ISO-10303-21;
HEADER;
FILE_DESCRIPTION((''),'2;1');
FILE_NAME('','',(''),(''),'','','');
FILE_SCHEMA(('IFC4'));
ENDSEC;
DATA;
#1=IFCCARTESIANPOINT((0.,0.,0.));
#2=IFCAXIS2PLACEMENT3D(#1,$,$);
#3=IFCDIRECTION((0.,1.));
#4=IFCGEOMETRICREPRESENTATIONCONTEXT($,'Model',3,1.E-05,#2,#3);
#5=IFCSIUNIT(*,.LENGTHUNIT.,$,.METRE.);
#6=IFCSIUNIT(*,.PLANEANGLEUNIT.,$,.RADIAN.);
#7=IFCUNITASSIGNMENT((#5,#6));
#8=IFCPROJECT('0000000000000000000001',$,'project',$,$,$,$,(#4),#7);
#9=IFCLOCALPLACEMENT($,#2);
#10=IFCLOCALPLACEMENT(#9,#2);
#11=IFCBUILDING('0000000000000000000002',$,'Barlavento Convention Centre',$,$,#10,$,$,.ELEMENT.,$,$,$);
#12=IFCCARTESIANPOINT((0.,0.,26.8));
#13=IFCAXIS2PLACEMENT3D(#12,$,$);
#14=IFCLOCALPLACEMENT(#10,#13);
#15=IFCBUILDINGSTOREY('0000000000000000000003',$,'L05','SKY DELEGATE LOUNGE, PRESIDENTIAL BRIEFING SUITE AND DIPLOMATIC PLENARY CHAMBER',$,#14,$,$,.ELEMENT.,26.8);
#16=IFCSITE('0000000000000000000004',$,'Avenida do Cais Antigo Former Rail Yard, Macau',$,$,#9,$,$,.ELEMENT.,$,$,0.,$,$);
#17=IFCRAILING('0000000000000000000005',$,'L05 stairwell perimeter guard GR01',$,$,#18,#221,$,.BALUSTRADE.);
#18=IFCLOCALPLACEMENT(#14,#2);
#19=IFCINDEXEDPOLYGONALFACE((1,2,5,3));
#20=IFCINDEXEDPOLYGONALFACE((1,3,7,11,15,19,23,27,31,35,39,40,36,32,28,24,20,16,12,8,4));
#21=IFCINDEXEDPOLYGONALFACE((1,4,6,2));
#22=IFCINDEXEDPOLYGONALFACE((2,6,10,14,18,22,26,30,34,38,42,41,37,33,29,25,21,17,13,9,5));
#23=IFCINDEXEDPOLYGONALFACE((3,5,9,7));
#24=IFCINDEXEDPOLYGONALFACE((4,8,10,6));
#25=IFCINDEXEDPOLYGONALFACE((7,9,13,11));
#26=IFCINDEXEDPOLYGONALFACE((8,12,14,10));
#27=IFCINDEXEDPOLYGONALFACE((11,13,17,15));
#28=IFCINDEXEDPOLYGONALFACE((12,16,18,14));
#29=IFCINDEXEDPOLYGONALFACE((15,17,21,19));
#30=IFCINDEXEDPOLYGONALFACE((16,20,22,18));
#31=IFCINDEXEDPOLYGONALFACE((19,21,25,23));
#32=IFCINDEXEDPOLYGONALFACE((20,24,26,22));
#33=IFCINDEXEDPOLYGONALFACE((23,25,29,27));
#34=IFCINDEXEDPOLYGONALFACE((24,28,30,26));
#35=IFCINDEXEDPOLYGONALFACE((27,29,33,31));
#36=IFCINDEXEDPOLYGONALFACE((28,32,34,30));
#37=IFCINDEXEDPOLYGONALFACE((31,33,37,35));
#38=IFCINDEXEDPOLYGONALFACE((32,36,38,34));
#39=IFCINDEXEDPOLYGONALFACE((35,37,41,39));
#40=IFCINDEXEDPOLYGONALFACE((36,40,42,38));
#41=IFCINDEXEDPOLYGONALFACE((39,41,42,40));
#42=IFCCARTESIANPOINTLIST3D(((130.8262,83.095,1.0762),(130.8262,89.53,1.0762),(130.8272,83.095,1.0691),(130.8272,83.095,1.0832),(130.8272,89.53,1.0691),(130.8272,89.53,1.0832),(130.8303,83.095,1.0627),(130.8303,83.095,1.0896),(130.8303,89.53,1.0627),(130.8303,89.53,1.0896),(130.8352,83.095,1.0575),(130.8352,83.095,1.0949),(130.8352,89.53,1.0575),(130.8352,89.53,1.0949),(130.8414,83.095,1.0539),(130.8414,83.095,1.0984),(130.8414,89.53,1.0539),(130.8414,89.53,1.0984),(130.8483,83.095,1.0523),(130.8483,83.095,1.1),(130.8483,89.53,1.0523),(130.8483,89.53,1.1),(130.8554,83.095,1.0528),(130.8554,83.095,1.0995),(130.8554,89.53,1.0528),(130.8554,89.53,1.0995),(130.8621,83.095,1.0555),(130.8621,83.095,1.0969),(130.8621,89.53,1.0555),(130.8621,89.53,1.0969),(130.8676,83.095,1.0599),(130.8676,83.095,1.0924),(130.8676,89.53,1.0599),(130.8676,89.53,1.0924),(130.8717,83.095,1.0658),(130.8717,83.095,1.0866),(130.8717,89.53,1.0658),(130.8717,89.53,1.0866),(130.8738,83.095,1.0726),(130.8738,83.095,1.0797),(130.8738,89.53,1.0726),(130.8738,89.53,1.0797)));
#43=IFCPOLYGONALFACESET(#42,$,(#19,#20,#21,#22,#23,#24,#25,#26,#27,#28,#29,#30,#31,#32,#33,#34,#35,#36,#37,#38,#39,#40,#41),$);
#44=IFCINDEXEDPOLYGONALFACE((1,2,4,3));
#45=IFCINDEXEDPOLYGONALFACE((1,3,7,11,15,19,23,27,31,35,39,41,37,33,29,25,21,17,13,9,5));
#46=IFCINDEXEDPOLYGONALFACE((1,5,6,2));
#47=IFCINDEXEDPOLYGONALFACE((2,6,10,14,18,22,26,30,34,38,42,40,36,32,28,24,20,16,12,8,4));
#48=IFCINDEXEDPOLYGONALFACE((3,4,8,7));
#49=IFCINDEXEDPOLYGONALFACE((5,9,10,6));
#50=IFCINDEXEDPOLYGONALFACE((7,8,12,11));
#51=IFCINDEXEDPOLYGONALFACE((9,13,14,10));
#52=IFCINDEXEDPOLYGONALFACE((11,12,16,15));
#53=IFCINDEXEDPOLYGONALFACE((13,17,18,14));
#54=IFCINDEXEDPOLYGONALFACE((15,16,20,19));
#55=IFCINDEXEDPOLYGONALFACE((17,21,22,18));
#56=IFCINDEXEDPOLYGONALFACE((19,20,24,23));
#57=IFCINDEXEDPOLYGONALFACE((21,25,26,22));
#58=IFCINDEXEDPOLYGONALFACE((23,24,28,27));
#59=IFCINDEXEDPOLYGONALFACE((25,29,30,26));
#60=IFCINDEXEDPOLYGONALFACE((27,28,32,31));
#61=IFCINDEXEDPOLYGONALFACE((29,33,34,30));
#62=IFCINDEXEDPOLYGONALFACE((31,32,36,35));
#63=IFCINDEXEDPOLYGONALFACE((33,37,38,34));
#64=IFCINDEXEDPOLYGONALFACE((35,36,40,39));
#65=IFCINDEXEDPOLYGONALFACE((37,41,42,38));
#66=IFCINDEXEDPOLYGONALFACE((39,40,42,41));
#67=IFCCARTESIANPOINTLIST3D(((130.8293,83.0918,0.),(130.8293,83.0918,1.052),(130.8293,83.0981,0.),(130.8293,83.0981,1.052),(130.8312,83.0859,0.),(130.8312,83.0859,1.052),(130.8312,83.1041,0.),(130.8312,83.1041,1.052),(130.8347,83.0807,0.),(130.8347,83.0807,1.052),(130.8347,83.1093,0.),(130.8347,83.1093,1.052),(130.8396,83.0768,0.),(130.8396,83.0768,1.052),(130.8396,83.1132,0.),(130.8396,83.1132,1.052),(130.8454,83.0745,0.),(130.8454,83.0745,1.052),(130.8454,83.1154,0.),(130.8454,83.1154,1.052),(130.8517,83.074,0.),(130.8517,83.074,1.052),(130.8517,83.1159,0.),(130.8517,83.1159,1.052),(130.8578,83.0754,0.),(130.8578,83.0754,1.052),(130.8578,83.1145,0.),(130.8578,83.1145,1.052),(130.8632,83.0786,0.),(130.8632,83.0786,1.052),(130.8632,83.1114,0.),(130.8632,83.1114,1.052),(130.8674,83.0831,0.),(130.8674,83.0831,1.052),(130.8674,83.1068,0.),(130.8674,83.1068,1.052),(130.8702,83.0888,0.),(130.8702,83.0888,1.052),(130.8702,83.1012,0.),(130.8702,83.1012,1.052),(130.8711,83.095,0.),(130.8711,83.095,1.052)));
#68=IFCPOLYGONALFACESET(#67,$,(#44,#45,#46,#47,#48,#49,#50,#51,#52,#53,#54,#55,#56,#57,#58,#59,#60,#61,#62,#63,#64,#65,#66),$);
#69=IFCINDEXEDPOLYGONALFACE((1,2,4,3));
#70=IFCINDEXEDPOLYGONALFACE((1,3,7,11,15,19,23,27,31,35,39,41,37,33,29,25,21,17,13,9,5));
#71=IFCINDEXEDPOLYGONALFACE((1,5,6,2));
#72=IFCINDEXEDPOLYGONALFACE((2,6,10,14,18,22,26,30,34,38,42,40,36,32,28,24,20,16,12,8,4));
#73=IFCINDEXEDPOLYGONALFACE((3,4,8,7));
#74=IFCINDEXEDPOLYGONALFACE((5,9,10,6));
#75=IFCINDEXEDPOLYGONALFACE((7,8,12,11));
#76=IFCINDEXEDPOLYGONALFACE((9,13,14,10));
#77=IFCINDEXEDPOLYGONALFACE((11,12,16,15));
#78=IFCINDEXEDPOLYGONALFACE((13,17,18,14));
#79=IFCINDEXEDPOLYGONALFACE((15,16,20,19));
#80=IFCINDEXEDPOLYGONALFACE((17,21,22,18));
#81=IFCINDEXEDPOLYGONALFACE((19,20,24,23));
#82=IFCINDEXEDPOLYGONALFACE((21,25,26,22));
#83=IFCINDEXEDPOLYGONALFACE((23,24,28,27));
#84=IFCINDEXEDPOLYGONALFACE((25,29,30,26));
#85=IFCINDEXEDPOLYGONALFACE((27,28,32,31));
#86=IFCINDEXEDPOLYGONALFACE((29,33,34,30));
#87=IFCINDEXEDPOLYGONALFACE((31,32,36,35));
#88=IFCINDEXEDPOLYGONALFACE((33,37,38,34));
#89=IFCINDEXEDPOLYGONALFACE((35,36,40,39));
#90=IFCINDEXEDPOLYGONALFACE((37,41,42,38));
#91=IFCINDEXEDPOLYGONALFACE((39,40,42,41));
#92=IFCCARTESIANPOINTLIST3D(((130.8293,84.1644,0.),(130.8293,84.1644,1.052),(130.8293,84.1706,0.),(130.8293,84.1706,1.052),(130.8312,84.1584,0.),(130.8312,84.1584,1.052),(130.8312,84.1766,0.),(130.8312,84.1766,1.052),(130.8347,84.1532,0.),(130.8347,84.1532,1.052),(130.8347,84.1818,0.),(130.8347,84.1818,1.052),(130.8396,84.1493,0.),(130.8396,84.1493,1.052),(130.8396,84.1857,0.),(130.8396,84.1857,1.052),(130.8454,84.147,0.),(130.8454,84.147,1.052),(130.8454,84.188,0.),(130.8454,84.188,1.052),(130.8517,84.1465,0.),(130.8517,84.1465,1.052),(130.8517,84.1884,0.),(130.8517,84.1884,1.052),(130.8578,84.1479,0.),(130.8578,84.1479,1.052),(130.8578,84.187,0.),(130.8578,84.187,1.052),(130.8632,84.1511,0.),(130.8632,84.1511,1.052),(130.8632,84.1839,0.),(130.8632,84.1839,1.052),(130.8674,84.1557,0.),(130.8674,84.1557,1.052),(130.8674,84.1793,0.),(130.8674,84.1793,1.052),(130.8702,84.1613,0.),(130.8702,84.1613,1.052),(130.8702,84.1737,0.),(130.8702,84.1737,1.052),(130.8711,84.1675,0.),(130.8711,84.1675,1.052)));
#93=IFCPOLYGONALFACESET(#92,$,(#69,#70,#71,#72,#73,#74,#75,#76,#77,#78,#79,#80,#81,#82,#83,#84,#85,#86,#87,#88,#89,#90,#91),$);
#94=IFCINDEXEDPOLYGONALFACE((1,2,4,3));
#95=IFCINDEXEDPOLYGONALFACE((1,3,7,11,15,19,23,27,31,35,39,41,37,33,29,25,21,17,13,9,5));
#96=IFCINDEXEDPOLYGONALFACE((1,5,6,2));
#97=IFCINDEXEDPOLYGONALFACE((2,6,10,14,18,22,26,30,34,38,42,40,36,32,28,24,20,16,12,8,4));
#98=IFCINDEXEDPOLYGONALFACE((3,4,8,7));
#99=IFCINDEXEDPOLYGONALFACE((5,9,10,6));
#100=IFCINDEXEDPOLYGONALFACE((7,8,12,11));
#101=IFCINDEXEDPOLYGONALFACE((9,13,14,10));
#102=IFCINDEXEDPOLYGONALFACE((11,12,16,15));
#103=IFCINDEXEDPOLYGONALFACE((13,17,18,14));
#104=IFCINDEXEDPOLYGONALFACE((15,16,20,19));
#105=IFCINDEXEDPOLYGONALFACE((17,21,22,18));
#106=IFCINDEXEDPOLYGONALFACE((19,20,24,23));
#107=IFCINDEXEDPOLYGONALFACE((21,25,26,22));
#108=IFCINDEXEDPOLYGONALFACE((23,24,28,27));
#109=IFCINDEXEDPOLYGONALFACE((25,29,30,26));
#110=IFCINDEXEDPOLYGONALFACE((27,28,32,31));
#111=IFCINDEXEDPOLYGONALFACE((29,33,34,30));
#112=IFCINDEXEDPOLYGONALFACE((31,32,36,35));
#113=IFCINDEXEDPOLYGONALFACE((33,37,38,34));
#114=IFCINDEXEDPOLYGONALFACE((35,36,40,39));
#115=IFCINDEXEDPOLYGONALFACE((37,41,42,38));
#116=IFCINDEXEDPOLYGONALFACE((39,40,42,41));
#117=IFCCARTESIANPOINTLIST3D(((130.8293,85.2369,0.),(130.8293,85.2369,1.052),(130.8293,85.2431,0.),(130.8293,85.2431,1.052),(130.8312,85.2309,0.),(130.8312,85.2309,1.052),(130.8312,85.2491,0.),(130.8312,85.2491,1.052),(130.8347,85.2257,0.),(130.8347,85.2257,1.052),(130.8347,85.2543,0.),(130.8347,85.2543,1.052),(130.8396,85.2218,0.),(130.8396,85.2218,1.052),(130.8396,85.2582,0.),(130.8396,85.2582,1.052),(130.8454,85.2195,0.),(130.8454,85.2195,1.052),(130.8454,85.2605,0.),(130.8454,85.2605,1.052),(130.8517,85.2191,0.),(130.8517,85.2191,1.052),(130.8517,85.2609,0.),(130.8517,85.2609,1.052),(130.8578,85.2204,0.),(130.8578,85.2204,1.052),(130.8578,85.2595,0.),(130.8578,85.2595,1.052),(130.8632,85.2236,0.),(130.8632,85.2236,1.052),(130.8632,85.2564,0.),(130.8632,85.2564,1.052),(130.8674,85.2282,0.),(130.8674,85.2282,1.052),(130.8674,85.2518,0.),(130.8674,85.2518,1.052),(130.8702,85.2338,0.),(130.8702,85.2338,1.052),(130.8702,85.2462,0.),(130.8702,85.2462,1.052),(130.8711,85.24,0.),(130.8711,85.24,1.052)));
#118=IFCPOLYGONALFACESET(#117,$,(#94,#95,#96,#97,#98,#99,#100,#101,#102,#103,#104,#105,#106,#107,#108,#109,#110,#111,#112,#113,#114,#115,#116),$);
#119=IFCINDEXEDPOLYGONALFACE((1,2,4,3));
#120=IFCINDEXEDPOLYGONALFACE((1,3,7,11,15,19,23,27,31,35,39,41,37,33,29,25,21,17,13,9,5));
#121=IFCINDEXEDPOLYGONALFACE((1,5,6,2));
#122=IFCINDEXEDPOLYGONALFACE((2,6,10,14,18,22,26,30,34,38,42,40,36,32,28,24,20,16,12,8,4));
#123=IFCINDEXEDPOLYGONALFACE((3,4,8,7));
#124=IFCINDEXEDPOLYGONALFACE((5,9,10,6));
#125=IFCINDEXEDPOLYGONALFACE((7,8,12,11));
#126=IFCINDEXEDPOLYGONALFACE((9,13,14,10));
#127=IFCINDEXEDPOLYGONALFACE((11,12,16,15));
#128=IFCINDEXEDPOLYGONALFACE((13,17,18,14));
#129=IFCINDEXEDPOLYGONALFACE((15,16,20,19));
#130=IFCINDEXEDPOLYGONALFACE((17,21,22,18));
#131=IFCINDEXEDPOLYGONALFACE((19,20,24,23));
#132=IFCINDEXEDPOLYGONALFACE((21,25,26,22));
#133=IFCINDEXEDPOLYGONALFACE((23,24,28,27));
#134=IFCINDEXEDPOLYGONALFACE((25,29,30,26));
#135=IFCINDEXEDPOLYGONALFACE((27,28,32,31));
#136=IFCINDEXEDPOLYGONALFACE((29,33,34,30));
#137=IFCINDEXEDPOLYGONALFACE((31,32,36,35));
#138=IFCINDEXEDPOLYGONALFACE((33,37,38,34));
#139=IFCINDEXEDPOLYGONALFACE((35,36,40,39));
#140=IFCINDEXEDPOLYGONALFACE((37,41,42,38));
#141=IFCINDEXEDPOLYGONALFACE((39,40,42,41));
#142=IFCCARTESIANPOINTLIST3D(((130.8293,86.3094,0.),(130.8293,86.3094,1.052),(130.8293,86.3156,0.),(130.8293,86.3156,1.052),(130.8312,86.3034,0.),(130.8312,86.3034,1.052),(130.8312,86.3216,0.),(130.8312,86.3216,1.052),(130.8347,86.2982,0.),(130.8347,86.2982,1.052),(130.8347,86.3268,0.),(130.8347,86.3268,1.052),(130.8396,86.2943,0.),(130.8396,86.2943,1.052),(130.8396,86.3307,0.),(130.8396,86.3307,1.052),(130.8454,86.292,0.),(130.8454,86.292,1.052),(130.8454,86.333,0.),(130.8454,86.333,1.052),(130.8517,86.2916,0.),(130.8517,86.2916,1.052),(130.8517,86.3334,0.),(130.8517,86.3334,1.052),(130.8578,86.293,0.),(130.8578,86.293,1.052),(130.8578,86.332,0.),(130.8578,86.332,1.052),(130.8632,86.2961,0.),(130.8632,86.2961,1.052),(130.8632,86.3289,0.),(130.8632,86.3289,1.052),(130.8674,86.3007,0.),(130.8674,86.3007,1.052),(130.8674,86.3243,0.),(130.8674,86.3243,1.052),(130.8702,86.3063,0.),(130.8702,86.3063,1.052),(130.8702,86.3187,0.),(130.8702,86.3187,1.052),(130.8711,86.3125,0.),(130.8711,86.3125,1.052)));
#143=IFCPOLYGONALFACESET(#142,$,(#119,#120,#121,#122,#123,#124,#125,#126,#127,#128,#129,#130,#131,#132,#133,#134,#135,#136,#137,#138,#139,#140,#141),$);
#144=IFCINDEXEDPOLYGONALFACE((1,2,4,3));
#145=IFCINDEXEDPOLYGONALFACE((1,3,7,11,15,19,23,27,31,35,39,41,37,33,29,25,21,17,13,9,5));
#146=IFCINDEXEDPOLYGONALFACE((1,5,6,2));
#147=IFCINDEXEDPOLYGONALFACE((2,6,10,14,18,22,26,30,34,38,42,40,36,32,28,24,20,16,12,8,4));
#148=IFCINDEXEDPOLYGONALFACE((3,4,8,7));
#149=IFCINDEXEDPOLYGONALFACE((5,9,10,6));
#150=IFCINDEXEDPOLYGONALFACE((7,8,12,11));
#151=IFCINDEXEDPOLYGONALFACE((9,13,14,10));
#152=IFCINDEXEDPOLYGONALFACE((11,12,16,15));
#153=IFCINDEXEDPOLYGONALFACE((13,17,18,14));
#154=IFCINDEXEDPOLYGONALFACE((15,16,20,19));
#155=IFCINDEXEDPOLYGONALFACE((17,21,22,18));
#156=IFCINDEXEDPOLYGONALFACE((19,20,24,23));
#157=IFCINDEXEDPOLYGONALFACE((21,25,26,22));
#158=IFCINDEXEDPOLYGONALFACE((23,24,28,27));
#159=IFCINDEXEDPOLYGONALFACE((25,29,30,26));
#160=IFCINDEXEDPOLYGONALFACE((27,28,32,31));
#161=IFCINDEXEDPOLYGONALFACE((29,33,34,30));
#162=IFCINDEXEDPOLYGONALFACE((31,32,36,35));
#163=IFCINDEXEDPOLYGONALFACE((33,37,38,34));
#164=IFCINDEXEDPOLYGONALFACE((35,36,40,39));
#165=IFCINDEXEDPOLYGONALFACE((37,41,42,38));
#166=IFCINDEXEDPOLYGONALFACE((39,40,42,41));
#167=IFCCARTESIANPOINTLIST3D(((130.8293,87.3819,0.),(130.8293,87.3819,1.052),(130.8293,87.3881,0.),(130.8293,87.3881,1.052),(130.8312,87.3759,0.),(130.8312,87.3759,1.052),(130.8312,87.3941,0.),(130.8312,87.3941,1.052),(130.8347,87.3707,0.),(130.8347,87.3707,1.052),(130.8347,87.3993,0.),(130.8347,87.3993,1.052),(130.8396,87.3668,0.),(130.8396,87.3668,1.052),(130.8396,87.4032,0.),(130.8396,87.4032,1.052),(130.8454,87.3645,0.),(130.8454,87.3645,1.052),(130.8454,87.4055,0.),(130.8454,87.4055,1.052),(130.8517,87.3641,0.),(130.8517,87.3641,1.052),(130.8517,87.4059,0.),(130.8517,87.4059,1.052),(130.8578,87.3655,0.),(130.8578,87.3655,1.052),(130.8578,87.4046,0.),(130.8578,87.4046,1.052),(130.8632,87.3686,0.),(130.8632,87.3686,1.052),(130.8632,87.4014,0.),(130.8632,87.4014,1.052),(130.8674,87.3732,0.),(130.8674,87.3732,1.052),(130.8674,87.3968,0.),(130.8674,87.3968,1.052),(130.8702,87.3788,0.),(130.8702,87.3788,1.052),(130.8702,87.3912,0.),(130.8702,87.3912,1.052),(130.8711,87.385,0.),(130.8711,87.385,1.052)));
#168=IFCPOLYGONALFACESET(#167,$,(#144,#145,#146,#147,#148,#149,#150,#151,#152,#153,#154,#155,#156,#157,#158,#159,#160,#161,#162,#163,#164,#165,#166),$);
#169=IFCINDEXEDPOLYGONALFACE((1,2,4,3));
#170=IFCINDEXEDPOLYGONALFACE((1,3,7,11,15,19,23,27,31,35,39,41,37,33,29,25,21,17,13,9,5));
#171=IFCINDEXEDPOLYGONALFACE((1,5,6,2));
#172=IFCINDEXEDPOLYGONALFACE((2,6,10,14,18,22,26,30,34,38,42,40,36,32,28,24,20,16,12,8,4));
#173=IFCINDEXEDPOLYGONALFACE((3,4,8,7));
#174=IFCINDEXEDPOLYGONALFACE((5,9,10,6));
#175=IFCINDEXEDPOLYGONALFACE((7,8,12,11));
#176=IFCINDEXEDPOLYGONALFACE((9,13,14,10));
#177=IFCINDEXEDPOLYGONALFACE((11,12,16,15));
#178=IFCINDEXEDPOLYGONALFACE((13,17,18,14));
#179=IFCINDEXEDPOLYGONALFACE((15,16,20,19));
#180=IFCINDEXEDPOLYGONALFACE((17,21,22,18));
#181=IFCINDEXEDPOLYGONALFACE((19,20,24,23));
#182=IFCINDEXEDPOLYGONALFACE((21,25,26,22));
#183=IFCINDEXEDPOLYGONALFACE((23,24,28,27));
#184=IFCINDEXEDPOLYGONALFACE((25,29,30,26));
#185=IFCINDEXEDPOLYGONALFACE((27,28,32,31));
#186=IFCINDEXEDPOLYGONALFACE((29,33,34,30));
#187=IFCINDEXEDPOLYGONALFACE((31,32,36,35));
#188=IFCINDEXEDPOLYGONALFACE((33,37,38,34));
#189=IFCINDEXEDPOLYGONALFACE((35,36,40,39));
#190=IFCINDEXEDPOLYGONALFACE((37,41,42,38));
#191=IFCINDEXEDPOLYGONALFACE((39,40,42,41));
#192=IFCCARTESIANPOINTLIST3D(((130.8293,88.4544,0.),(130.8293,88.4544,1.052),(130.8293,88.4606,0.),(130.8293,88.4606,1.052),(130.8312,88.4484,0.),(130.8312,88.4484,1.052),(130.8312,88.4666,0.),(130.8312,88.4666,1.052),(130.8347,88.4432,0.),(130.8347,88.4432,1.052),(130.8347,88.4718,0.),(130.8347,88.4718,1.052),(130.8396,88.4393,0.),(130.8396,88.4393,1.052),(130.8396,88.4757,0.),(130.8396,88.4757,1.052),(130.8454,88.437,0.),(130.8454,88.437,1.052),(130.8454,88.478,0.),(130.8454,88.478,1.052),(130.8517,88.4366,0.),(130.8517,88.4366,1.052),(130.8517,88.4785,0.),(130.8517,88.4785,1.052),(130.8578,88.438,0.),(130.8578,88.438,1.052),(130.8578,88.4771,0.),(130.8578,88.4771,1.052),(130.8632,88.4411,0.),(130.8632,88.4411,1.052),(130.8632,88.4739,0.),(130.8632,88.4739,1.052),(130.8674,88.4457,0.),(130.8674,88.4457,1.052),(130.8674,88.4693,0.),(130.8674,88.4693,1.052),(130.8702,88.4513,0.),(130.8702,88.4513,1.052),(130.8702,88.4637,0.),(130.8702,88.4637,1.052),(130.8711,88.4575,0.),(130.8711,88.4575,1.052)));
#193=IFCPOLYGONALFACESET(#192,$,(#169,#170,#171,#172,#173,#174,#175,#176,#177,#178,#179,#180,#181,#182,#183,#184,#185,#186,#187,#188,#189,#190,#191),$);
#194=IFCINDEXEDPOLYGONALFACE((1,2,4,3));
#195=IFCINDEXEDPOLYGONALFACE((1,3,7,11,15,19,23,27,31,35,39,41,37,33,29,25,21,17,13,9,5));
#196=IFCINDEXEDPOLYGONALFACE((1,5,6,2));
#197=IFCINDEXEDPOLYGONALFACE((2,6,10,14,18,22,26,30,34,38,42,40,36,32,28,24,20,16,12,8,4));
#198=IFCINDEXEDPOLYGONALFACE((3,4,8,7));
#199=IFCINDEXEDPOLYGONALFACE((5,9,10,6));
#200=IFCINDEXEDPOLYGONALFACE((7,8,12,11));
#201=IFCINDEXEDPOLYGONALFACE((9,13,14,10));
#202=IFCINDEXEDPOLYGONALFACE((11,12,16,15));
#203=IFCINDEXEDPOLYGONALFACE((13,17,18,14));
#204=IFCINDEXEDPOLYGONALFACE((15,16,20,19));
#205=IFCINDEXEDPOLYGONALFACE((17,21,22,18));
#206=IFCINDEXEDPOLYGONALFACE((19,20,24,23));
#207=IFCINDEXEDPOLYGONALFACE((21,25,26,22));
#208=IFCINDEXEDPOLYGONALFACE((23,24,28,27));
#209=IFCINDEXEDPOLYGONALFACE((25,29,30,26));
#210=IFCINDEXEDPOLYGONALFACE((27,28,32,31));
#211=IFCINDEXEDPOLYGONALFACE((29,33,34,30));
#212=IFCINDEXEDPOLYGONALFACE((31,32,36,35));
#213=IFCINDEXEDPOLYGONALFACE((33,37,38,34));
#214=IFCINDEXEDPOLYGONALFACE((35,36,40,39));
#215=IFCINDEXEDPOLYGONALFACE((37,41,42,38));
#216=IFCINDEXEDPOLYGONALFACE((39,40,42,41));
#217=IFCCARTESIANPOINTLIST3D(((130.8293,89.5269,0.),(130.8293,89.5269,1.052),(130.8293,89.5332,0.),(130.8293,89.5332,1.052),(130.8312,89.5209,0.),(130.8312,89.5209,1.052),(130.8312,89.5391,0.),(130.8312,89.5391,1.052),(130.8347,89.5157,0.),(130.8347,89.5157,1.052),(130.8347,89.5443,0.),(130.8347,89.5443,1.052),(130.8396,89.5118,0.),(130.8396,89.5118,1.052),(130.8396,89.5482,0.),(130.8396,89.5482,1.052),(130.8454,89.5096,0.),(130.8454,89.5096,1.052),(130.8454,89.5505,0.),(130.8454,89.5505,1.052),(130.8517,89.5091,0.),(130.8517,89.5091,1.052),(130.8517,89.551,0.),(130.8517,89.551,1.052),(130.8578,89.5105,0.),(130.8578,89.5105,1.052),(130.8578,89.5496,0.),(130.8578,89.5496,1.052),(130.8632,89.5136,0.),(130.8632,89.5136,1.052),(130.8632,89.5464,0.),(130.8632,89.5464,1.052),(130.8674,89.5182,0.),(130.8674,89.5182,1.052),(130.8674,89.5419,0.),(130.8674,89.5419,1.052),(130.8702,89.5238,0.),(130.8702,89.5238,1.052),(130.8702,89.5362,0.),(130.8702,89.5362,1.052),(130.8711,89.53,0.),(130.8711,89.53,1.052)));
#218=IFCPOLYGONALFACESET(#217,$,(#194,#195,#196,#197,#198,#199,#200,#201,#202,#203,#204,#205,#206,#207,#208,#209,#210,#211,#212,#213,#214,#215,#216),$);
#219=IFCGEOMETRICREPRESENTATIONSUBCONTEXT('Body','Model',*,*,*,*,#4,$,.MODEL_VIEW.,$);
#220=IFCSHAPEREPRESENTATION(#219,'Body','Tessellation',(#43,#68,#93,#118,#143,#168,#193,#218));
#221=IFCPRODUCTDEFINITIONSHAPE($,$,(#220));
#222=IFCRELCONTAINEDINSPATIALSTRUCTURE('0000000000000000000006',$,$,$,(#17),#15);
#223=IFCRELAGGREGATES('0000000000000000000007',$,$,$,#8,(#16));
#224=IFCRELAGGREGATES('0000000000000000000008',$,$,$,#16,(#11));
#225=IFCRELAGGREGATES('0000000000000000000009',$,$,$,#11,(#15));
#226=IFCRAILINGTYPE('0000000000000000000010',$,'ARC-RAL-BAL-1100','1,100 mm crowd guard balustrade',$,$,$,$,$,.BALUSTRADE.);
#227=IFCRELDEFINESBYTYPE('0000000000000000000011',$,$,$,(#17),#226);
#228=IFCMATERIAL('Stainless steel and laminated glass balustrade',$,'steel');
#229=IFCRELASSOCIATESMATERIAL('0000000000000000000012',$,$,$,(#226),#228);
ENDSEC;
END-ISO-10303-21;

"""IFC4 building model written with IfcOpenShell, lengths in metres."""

from ifc_helpers import new_model, si_unit, direction, frame, origin, origin_2d, place, context, subcontext, project, spatial, circle, extrude, material, type_object, element, save


model = new_model("IFC4")

# Units and contexts
model_context = context("Model", 3, precision=1e-05, world=origin(), true_north=direction((0.0, 1.0)))
body_context = subcontext(model_context, "Body", "Model", "MODEL_VIEW")
ifc_project = project(units=[si_unit("LENGTHUNIT", "METRE"), si_unit("PLANEANGLEUNIT", "RADIAN")], contexts=[model_context])

# Site, building, storey
site_placement = place(None, origin())
site = spatial("IfcSite", under=ifc_project, at=site_placement, Name="Avenida do Cais Antigo Former Rail Yard, Macau", CompositionType="ELEMENT", RefElevation=0.0)
building_placement = place(site_placement, origin())
building = spatial("IfcBuilding", under=site, at=building_placement, Name="Barlavento Convention Centre", CompositionType="ELEMENT")
storey_placement = place(building_placement, frame((0.0, 0.0, 26.8)))
storey = spatial("IfcBuildingStorey", under=building, at=storey_placement, Name="L05", Description="SKY DELEGATE LOUNGE, PRESIDENTIAL BRIEFING SUITE AND DIPLOMATIC PLENARY CHAMBER", CompositionType="ELEMENT", Elevation=26.8)

# Railing
ifc_material_1 = material(Name="Stainless steel and laminated glass balustrade", Category="steel")
railing_type = type_object("IfcRailingType", Name="ARC-RAL-BAL-1100", Description="1,100 mm crowd guard balustrade", PredefinedType="BALUSTRADE", material=ifc_material_1)
railing_1_placement = place(storey_placement, frame((130.8501, 83.095, 0.0)))
element("IfcRailing", 1, at=railing_1_placement, inside=storey, type_object=railing_type, Name="L05 stairwell perimeter guard GR01", PredefinedType="BALUSTRADE", context=body_context, shape_type="SweptSolid", body=[
    extrude(circle(Radius=0.0239, at=origin_2d()), frame((0.0, 0.0, 1.0762), z_axis=(0.0, 1.0, 0.0), x_axis=(-1.0, 0.0, 0.0)), (0.0, 0.0, 1.0), 6.4351),
    extrude(circle(Radius=0.021, at=origin_2d()), origin(), (0.0, 0.0, 1.0), 1.052),
    extrude(circle(Radius=0.021, at=origin_2d()), frame((0.0, 1.0725, 0.0)), (0.0, 0.0, 1.0), 1.052),
    extrude(circle(Radius=0.021, at=origin_2d()), frame((0.0, 2.145, 0.0)), (0.0, 0.0, 1.0), 1.052),
    extrude(circle(Radius=0.021, at=origin_2d()), frame((0.0, 3.2175, 0.0)), (0.0, 0.0, 1.0), 1.052),
    extrude(circle(Radius=0.021, at=origin_2d()), frame((0.0, 4.29, 0.0)), (0.0, 0.0, 1.0), 1.052),
    extrude(circle(Radius=0.021, at=origin_2d()), frame((0.0, 5.3625, 0.0)), (0.0, 0.0, 1.0), 1.052),
    extrude(circle(Radius=0.021, at=origin_2d()), frame((0.0, 6.4351, 0.0)), (0.0, 0.0, 1.0), 1.052),
])

save(model, "model.ifc")
